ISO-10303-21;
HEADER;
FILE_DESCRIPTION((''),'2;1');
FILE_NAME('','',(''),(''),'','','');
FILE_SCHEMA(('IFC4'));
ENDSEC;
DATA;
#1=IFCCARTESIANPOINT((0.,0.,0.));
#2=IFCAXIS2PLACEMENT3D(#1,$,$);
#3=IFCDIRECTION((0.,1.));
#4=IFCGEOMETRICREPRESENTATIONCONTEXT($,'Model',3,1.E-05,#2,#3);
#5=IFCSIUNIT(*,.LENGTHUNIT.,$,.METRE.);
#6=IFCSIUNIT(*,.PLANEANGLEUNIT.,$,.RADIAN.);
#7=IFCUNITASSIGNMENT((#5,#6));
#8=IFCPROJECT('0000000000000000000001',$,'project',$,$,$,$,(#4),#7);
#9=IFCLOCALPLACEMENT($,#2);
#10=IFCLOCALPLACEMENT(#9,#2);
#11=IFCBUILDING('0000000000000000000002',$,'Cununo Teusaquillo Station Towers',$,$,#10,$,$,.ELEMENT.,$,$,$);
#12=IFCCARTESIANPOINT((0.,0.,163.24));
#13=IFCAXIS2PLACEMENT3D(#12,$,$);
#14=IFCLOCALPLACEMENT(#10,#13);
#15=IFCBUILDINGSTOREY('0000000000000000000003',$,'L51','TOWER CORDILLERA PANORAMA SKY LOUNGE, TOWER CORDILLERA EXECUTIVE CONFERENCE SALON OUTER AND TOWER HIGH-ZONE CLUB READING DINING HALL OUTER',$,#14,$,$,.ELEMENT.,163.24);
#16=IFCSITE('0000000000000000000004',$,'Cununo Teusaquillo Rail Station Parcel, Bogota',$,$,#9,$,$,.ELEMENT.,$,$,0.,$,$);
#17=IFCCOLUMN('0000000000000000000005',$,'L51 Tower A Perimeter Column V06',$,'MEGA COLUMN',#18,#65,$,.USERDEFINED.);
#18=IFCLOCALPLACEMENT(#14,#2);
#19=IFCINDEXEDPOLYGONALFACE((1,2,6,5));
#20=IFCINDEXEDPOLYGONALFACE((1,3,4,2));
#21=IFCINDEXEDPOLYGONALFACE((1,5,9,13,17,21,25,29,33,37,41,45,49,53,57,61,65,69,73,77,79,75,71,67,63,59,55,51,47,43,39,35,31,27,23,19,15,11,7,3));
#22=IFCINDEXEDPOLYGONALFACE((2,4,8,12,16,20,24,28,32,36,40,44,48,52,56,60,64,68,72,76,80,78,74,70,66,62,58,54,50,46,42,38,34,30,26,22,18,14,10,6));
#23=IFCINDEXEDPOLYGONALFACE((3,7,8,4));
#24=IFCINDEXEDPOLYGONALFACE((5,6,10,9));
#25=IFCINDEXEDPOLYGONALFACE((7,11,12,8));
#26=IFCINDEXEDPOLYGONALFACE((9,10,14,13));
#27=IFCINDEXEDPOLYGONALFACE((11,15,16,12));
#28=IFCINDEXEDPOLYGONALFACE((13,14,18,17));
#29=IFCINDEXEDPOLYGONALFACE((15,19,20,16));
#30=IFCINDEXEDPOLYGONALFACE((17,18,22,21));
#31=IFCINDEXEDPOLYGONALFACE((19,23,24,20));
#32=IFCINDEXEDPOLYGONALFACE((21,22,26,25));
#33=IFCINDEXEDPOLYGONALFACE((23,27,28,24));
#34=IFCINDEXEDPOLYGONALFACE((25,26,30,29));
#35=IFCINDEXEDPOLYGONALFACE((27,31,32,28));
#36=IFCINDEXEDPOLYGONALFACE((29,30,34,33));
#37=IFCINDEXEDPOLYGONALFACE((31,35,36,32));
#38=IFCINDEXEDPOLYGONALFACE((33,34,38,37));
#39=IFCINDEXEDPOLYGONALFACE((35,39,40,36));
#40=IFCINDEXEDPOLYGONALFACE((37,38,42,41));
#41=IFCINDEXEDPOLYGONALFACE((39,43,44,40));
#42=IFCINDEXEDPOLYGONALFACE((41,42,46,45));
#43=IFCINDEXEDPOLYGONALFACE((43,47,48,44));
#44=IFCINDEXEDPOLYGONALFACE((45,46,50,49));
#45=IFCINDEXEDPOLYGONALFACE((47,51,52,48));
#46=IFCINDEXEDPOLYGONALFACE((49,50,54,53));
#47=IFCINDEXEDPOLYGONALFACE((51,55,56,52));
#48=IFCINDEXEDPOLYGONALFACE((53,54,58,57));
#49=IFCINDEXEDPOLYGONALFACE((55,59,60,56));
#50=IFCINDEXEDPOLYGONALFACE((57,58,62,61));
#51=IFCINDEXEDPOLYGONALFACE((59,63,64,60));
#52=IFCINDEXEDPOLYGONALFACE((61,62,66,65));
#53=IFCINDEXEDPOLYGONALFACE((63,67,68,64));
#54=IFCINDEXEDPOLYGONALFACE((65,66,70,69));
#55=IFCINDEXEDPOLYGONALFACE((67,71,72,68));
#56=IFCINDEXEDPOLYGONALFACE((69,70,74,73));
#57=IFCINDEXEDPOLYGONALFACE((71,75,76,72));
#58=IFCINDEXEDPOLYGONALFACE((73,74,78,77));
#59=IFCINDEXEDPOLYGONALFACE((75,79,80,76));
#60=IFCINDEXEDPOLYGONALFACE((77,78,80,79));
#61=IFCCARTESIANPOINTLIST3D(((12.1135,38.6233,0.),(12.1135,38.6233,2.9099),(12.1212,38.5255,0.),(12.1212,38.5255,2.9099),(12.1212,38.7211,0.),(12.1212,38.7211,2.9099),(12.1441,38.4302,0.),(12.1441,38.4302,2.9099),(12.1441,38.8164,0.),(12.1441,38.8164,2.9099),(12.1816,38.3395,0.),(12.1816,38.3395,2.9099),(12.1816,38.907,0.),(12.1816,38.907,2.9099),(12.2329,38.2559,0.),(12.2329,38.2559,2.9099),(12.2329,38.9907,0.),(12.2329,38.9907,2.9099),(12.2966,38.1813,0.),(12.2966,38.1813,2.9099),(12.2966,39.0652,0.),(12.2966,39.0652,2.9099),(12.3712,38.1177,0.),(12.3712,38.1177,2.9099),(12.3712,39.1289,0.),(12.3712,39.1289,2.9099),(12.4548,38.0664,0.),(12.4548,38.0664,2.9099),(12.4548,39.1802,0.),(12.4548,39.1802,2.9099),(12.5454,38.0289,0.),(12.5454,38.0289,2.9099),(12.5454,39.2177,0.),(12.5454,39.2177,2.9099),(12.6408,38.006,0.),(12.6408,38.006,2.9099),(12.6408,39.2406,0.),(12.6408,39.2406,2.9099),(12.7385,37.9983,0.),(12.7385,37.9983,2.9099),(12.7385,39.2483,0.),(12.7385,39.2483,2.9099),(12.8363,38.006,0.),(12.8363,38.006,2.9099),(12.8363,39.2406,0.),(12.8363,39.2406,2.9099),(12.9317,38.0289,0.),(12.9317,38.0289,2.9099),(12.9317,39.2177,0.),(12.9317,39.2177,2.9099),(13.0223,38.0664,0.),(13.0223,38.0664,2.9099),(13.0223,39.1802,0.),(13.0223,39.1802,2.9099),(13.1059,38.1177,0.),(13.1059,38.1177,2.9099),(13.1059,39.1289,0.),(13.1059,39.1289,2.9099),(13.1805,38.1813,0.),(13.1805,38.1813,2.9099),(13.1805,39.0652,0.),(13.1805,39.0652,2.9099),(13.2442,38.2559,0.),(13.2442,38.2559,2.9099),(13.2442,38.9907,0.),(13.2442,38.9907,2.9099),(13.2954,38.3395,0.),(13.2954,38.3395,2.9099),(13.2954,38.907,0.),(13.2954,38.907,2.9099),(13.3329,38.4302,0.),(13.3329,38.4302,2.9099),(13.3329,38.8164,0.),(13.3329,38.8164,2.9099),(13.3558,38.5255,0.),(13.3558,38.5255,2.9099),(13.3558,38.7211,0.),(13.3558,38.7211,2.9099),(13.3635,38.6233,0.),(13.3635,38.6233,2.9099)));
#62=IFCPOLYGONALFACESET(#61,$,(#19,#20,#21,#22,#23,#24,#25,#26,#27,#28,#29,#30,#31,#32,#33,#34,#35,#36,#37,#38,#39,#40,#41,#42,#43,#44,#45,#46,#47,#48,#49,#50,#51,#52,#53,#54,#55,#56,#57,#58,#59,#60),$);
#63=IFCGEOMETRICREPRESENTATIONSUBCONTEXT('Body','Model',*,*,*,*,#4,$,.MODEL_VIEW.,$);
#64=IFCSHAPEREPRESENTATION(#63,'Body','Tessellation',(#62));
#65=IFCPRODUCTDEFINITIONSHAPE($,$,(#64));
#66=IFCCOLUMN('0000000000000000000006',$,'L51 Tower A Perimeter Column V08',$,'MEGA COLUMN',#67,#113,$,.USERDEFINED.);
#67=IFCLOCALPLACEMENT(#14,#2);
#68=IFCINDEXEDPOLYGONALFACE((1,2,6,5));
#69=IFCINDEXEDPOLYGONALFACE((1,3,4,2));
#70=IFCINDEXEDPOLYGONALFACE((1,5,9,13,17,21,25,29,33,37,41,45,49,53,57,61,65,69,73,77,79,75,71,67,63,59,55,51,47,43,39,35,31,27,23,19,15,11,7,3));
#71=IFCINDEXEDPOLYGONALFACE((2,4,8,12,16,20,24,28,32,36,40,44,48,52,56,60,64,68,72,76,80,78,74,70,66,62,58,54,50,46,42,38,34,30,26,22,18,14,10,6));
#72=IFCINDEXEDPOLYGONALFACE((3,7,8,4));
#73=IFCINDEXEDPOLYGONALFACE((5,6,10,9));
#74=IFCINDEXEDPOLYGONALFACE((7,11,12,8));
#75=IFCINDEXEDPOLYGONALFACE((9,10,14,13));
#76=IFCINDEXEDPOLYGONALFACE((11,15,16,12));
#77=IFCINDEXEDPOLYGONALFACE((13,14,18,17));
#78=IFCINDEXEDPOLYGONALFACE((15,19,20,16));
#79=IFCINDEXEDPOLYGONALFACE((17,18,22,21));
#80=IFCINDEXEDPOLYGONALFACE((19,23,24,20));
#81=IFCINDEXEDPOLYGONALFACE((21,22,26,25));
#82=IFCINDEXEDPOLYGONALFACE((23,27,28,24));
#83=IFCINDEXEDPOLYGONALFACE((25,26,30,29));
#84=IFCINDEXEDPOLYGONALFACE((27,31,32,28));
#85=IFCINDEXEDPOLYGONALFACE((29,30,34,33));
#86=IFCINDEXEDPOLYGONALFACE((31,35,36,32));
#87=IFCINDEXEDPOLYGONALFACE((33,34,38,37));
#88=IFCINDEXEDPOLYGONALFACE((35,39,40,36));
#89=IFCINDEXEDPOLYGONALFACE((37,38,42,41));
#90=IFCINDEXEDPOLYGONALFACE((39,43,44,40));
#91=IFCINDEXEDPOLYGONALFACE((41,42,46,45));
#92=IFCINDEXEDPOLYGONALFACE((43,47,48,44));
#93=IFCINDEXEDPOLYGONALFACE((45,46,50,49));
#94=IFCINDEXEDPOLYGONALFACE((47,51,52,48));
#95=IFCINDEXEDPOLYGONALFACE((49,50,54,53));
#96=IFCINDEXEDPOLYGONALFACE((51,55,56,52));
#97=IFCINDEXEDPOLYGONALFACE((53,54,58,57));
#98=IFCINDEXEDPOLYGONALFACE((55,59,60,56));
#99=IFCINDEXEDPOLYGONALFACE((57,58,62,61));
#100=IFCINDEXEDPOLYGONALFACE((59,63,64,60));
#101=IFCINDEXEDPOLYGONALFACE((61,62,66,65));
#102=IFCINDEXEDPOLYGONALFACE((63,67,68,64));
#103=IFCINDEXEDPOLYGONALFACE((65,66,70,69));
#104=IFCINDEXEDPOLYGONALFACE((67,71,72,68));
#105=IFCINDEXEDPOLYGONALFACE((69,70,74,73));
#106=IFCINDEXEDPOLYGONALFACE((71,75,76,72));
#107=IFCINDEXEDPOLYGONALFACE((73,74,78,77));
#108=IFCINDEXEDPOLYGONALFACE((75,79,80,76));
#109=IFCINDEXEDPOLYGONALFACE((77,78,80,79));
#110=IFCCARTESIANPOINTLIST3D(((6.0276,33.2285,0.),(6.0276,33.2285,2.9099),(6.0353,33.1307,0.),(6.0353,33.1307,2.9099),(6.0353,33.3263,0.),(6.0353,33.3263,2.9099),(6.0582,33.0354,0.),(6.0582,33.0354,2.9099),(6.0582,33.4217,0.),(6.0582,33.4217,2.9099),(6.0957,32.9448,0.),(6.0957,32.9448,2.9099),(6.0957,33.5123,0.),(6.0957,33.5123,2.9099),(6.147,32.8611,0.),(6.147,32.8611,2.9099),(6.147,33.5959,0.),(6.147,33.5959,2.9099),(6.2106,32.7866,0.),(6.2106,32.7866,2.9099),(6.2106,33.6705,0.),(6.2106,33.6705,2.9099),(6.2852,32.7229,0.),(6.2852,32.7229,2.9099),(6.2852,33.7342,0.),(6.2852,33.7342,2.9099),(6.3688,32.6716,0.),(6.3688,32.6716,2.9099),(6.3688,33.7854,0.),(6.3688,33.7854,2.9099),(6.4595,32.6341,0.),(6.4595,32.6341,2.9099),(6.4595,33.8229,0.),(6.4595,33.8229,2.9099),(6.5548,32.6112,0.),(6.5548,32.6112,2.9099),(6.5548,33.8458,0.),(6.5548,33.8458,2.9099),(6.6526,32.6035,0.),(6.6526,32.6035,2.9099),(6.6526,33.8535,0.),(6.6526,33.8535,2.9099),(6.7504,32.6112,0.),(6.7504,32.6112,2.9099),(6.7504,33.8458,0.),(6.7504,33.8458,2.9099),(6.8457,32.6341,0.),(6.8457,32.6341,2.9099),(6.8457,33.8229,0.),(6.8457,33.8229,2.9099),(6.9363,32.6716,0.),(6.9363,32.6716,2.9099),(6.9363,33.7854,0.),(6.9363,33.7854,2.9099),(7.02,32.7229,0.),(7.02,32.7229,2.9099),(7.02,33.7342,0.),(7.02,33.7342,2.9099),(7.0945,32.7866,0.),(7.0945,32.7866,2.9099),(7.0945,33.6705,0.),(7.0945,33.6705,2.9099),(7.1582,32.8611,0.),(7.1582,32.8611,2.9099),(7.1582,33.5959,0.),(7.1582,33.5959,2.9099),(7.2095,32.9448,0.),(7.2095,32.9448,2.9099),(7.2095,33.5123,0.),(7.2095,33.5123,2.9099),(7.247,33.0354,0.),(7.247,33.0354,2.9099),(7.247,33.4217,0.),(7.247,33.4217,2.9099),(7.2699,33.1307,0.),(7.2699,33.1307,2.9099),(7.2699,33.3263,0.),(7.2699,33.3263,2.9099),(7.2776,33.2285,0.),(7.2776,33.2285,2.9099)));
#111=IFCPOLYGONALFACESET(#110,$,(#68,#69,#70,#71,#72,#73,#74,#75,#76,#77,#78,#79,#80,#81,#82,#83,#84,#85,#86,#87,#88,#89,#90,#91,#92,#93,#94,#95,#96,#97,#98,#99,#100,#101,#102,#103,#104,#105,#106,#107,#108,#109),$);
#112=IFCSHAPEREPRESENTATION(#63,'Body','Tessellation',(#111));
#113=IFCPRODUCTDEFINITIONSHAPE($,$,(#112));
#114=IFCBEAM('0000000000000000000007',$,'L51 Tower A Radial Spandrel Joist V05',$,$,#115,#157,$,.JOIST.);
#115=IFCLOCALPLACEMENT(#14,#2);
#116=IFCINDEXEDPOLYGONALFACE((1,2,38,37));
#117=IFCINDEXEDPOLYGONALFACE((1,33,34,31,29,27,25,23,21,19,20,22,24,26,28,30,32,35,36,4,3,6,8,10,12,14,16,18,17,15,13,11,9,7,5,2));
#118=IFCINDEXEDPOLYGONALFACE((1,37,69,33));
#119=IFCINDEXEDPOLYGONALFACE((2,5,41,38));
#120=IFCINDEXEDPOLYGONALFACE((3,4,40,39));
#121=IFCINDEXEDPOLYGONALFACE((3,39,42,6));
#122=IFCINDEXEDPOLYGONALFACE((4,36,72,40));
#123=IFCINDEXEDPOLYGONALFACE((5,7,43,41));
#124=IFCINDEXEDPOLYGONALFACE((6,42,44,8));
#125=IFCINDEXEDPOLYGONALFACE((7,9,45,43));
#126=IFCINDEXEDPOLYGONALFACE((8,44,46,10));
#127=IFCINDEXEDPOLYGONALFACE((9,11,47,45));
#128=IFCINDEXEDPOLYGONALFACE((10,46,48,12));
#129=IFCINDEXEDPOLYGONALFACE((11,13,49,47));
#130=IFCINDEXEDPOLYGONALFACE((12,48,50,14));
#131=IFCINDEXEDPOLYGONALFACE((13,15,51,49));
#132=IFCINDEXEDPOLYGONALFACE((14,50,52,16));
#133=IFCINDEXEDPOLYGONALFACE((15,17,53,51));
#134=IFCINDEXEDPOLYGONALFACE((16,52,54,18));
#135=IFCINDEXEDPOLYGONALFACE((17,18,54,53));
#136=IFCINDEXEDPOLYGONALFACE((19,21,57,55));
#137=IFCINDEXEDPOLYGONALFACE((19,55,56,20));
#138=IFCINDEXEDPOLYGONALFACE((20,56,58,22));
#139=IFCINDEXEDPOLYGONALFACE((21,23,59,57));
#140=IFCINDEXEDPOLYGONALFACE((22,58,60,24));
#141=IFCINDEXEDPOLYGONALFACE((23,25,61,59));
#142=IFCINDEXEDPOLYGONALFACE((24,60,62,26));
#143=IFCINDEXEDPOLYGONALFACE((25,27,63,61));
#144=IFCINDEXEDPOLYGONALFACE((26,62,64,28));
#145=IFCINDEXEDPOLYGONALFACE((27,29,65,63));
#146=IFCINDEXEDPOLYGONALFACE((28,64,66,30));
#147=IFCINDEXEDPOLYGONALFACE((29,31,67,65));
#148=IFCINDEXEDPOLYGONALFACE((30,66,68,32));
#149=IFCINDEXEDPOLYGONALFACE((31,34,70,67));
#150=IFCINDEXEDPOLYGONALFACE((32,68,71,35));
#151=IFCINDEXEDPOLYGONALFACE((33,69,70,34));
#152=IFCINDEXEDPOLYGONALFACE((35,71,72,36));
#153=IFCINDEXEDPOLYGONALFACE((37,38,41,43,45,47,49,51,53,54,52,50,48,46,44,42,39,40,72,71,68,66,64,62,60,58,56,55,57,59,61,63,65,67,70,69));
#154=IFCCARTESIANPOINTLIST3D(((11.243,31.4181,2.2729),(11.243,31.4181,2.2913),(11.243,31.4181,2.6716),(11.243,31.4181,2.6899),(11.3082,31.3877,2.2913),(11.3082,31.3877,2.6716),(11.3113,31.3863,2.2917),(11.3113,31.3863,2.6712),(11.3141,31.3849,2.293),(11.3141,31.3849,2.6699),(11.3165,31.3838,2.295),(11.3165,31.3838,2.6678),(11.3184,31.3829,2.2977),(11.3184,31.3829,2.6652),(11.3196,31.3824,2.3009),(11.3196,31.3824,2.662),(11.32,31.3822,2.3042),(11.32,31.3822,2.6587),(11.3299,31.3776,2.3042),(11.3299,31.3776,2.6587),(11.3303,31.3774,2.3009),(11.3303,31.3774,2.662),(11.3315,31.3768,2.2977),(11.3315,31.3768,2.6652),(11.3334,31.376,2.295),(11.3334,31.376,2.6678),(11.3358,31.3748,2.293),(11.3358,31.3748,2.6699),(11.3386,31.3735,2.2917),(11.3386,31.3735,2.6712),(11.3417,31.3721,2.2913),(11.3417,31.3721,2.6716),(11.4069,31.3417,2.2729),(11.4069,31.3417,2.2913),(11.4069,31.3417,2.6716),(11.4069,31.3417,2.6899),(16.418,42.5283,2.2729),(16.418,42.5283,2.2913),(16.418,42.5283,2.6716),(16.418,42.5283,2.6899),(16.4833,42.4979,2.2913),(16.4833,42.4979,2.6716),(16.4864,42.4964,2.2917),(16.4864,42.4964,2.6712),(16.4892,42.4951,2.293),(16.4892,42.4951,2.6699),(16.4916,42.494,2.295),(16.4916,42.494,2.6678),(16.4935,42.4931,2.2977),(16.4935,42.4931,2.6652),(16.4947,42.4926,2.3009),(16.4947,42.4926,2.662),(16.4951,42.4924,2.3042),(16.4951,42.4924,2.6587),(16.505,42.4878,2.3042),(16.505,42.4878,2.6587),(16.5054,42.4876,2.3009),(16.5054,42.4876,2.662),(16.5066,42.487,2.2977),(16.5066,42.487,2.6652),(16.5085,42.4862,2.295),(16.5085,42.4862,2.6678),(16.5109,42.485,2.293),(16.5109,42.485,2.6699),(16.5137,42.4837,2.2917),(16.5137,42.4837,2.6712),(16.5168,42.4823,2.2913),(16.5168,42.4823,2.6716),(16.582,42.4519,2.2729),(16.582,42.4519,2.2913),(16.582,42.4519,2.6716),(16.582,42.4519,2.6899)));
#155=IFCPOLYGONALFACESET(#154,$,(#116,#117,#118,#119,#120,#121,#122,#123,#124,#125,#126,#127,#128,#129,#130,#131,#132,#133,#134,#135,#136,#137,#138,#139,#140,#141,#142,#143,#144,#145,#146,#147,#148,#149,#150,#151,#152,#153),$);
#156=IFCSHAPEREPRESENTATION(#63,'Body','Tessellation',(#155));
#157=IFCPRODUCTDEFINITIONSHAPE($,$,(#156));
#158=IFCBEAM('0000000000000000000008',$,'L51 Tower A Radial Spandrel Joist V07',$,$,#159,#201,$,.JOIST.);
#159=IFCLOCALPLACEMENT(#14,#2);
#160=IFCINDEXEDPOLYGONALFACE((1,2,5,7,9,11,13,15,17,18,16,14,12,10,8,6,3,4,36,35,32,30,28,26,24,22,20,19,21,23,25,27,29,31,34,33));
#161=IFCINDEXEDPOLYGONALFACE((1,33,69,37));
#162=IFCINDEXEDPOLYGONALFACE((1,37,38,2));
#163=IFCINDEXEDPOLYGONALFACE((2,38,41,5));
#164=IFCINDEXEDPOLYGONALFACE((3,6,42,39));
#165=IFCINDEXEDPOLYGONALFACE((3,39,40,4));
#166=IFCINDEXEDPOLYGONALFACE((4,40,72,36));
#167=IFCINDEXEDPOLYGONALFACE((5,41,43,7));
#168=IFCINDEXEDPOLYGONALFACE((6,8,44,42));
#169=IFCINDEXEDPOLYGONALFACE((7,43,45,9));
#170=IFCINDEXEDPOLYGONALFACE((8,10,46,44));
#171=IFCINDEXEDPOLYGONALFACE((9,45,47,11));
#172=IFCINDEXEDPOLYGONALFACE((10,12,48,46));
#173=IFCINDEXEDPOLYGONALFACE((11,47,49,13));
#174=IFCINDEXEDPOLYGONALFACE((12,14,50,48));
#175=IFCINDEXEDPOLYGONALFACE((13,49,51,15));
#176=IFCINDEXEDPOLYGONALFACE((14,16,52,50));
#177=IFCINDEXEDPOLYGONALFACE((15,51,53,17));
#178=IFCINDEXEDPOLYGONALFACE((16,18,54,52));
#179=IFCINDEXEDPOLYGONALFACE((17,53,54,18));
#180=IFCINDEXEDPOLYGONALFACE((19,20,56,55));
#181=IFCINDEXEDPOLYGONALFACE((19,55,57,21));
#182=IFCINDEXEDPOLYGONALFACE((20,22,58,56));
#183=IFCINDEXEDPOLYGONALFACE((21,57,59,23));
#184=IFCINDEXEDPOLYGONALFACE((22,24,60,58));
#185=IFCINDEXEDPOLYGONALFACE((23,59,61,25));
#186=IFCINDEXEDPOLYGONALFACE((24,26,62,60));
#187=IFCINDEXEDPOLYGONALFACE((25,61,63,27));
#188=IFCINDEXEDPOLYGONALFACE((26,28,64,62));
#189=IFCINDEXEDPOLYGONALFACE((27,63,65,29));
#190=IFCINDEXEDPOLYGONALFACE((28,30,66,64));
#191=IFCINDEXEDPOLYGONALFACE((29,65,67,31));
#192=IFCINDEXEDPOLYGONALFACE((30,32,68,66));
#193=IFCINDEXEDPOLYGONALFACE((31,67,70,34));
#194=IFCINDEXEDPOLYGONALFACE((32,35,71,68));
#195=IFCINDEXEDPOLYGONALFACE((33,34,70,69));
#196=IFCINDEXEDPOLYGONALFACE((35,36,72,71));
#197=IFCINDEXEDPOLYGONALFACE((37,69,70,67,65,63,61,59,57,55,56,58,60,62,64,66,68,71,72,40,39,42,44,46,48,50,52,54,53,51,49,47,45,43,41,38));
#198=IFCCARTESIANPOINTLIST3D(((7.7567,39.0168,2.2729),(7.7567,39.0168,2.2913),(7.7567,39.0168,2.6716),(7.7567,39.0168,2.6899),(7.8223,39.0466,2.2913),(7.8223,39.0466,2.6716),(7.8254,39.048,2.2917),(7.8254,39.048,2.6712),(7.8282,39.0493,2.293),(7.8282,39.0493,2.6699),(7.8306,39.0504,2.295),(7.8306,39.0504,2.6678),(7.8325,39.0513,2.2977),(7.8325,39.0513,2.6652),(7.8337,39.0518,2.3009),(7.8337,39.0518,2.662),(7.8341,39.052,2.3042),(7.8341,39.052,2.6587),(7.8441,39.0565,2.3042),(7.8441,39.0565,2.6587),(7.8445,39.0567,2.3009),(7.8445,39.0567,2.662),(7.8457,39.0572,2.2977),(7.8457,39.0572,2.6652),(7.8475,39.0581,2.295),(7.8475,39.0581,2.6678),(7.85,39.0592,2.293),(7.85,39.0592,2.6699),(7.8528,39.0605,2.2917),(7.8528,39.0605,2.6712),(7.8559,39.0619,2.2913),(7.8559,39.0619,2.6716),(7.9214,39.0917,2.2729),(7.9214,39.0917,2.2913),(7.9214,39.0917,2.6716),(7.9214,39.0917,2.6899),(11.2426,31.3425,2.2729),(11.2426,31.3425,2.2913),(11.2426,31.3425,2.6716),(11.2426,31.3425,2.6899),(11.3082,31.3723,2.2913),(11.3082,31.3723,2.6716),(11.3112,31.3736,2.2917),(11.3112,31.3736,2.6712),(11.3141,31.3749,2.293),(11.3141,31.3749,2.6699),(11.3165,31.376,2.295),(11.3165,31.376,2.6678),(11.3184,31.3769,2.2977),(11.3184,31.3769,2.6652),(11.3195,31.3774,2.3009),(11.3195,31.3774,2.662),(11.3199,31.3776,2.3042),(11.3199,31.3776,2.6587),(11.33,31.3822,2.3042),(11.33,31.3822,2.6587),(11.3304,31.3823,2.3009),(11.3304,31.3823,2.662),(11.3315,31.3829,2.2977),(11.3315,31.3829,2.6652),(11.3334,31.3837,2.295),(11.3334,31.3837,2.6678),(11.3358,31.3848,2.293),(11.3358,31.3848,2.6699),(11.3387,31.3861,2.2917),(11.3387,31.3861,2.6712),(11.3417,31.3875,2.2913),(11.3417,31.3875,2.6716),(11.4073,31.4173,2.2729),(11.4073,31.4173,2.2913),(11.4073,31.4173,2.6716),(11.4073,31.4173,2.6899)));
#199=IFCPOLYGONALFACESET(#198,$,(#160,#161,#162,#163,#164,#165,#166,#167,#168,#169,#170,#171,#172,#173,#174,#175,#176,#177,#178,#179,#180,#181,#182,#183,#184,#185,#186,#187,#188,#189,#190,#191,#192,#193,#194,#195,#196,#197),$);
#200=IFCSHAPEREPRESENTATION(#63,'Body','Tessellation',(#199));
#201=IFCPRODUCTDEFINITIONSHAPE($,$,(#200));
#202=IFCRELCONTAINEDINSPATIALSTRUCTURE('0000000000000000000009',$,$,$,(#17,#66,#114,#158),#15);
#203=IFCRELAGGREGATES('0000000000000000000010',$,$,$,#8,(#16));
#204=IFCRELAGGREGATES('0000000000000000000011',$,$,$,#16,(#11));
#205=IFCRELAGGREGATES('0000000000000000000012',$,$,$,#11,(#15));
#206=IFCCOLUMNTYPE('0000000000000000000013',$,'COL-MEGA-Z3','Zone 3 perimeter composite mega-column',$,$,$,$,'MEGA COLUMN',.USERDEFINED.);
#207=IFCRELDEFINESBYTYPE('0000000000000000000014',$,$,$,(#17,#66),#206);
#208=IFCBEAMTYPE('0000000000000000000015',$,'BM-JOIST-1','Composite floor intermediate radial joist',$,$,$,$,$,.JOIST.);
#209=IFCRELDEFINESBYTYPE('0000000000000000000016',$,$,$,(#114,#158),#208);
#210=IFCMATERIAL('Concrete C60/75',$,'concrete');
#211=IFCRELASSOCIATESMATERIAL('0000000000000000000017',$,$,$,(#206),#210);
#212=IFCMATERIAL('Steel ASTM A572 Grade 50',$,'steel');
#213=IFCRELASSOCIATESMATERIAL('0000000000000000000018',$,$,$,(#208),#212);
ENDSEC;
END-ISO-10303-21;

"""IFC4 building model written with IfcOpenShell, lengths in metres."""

from ifc_helpers import new_model, si_unit, direction, frame, origin, origin_2d, place, context, subcontext, project, spatial, circle, i_section, extrude, material, material_profile, profile_set, type_object, element, save


model = new_model("IFC4")

# Units and contexts
model_context = context("Model", 3, precision=1e-05, world=origin(), true_north=direction((0.0, 1.0)))
body_context = subcontext(model_context, "Body", "Model", "MODEL_VIEW")
ifc_project = project(units=[si_unit("LENGTHUNIT", "METRE"), si_unit("PLANEANGLEUNIT", "RADIAN")], contexts=[model_context])

# Site, building, storey
site_placement = place(None, origin())
site = spatial("IfcSite", under=ifc_project, at=site_placement, Name="Cununo Teusaquillo Rail Station Parcel, Bogota", CompositionType="ELEMENT", RefElevation=0.0)
building_placement = place(site_placement, origin())
building = spatial("IfcBuilding", under=site, at=building_placement, Name="Cununo Teusaquillo Station Towers", CompositionType="ELEMENT")
storey_placement = place(building_placement, frame((0.0, 0.0, 163.24)))
storey = spatial("IfcBuildingStorey", under=building, at=storey_placement, Name="L51", Description="TOWER CORDILLERA PANORAMA SKY LOUNGE, TOWER CORDILLERA EXECUTIVE CONFERENCE SALON OUTER AND TOWER HIGH-ZONE CLUB READING DINING HALL OUTER", CompositionType="ELEMENT", Elevation=163.24)

# Columns
ifc_material_1 = material(Name="Concrete C60/75", Category="concrete")
ifc_material_profile_1 = material_profile(ifc_material_1, circle(Radius=0.625, at=origin_2d()), Name="RC-CIRC-1250")
ifc_profile_set_1 = profile_set([ifc_material_profile_1], Name="Concrete C60/75")
column_type = type_object("IfcColumnType", Name="COL-MEGA-Z3", Description="Zone 3 perimeter composite mega-column", ElementType="MEGA COLUMN", PredefinedType="USERDEFINED", material=ifc_profile_set_1)
for number, where, z_axis, x_axis, name in (
    (1, (12.7385, 38.6233, 0.0), (0.0, 0.0, 1.0), (1.0, 0.0, 0.0), "L51 Tower A Perimeter Column V06"),
    (2, (6.6526, 33.2285, 0.0), (0.0, 0.0, 1.0), (1.0, 0.0, 0.0), "L51 Tower A Perimeter Column V08"),
):
    element("IfcColumn", number, at=place(storey_placement, frame(where, z_axis=z_axis, x_axis=x_axis)), inside=storey, type_object=column_type, Name=name, ObjectType="MEGA COLUMN", PredefinedType="USERDEFINED", context=body_context, shape_type="SweptSolid", body=[
        extrude(circle(Radius=0.625, at=origin_2d()), origin(), (0.0, 0.0, 1.0), 2.9099),
    ])

# Beams
ifc_material_2 = material(Name="Steel ASTM A572 Grade 50", Category="steel")
ifc_material_profile_2 = material_profile(ifc_material_2, i_section(OverallWidth=0.1809, OverallDepth=0.417, WebThickness=0.011, FlangeThickness=0.0183, FilletRadius=0.0129, at=origin_2d()), Name="W16X57")
ifc_profile_set_2 = profile_set([ifc_material_profile_2], Name="Steel ASTM A572 Grade 50")
beam_type_1 = type_object("IfcBeamType", Name="BM-JOIST-1", Description="Composite floor intermediate radial joist", PredefinedType="JOIST", material=ifc_profile_set_2)
beam_1_placement = place(storey_placement, frame((11.325, 31.3799, 2.4814), z_axis=(0.422238, 0.906485, 0.0), x_axis=(-0.906485, 0.422238, 0.0)))
element("IfcBeam", 3, at=beam_1_placement, inside=storey, type_object=beam_type_1, Name="L51 Tower A Radial Spandrel Joist V05", PredefinedType="JOIST", context=body_context, shape_type="SweptSolid", body=[
    extrude(i_section(OverallWidth=0.1809, OverallDepth=0.417, WebThickness=0.011, FlangeThickness=0.0183, FilletRadius=0.0129, at=origin_2d()), origin(), (0.0, 0.0, 1.0), 12.2563),
])
beam_2_placement = place(storey_placement, frame((11.325, 31.3799, 2.4814), z_axis=(-0.413559, 0.910478, 0.0), x_axis=(-0.910478, -0.413559, 0.0)))
element("IfcBeam", 4, at=beam_2_placement, inside=storey, type_object=beam_type_1, Name="L51 Tower A Radial Spandrel Joist V07", PredefinedType="JOIST", context=body_context, shape_type="SweptSolid", body=[
    extrude(i_section(OverallWidth=0.1809, OverallDepth=0.417, WebThickness=0.011, FlangeThickness=0.0183, FilletRadius=0.0129, at=origin_2d()), origin(), (0.0, 0.0, 1.0), 8.429),
])

save(model, "model.ifc")
